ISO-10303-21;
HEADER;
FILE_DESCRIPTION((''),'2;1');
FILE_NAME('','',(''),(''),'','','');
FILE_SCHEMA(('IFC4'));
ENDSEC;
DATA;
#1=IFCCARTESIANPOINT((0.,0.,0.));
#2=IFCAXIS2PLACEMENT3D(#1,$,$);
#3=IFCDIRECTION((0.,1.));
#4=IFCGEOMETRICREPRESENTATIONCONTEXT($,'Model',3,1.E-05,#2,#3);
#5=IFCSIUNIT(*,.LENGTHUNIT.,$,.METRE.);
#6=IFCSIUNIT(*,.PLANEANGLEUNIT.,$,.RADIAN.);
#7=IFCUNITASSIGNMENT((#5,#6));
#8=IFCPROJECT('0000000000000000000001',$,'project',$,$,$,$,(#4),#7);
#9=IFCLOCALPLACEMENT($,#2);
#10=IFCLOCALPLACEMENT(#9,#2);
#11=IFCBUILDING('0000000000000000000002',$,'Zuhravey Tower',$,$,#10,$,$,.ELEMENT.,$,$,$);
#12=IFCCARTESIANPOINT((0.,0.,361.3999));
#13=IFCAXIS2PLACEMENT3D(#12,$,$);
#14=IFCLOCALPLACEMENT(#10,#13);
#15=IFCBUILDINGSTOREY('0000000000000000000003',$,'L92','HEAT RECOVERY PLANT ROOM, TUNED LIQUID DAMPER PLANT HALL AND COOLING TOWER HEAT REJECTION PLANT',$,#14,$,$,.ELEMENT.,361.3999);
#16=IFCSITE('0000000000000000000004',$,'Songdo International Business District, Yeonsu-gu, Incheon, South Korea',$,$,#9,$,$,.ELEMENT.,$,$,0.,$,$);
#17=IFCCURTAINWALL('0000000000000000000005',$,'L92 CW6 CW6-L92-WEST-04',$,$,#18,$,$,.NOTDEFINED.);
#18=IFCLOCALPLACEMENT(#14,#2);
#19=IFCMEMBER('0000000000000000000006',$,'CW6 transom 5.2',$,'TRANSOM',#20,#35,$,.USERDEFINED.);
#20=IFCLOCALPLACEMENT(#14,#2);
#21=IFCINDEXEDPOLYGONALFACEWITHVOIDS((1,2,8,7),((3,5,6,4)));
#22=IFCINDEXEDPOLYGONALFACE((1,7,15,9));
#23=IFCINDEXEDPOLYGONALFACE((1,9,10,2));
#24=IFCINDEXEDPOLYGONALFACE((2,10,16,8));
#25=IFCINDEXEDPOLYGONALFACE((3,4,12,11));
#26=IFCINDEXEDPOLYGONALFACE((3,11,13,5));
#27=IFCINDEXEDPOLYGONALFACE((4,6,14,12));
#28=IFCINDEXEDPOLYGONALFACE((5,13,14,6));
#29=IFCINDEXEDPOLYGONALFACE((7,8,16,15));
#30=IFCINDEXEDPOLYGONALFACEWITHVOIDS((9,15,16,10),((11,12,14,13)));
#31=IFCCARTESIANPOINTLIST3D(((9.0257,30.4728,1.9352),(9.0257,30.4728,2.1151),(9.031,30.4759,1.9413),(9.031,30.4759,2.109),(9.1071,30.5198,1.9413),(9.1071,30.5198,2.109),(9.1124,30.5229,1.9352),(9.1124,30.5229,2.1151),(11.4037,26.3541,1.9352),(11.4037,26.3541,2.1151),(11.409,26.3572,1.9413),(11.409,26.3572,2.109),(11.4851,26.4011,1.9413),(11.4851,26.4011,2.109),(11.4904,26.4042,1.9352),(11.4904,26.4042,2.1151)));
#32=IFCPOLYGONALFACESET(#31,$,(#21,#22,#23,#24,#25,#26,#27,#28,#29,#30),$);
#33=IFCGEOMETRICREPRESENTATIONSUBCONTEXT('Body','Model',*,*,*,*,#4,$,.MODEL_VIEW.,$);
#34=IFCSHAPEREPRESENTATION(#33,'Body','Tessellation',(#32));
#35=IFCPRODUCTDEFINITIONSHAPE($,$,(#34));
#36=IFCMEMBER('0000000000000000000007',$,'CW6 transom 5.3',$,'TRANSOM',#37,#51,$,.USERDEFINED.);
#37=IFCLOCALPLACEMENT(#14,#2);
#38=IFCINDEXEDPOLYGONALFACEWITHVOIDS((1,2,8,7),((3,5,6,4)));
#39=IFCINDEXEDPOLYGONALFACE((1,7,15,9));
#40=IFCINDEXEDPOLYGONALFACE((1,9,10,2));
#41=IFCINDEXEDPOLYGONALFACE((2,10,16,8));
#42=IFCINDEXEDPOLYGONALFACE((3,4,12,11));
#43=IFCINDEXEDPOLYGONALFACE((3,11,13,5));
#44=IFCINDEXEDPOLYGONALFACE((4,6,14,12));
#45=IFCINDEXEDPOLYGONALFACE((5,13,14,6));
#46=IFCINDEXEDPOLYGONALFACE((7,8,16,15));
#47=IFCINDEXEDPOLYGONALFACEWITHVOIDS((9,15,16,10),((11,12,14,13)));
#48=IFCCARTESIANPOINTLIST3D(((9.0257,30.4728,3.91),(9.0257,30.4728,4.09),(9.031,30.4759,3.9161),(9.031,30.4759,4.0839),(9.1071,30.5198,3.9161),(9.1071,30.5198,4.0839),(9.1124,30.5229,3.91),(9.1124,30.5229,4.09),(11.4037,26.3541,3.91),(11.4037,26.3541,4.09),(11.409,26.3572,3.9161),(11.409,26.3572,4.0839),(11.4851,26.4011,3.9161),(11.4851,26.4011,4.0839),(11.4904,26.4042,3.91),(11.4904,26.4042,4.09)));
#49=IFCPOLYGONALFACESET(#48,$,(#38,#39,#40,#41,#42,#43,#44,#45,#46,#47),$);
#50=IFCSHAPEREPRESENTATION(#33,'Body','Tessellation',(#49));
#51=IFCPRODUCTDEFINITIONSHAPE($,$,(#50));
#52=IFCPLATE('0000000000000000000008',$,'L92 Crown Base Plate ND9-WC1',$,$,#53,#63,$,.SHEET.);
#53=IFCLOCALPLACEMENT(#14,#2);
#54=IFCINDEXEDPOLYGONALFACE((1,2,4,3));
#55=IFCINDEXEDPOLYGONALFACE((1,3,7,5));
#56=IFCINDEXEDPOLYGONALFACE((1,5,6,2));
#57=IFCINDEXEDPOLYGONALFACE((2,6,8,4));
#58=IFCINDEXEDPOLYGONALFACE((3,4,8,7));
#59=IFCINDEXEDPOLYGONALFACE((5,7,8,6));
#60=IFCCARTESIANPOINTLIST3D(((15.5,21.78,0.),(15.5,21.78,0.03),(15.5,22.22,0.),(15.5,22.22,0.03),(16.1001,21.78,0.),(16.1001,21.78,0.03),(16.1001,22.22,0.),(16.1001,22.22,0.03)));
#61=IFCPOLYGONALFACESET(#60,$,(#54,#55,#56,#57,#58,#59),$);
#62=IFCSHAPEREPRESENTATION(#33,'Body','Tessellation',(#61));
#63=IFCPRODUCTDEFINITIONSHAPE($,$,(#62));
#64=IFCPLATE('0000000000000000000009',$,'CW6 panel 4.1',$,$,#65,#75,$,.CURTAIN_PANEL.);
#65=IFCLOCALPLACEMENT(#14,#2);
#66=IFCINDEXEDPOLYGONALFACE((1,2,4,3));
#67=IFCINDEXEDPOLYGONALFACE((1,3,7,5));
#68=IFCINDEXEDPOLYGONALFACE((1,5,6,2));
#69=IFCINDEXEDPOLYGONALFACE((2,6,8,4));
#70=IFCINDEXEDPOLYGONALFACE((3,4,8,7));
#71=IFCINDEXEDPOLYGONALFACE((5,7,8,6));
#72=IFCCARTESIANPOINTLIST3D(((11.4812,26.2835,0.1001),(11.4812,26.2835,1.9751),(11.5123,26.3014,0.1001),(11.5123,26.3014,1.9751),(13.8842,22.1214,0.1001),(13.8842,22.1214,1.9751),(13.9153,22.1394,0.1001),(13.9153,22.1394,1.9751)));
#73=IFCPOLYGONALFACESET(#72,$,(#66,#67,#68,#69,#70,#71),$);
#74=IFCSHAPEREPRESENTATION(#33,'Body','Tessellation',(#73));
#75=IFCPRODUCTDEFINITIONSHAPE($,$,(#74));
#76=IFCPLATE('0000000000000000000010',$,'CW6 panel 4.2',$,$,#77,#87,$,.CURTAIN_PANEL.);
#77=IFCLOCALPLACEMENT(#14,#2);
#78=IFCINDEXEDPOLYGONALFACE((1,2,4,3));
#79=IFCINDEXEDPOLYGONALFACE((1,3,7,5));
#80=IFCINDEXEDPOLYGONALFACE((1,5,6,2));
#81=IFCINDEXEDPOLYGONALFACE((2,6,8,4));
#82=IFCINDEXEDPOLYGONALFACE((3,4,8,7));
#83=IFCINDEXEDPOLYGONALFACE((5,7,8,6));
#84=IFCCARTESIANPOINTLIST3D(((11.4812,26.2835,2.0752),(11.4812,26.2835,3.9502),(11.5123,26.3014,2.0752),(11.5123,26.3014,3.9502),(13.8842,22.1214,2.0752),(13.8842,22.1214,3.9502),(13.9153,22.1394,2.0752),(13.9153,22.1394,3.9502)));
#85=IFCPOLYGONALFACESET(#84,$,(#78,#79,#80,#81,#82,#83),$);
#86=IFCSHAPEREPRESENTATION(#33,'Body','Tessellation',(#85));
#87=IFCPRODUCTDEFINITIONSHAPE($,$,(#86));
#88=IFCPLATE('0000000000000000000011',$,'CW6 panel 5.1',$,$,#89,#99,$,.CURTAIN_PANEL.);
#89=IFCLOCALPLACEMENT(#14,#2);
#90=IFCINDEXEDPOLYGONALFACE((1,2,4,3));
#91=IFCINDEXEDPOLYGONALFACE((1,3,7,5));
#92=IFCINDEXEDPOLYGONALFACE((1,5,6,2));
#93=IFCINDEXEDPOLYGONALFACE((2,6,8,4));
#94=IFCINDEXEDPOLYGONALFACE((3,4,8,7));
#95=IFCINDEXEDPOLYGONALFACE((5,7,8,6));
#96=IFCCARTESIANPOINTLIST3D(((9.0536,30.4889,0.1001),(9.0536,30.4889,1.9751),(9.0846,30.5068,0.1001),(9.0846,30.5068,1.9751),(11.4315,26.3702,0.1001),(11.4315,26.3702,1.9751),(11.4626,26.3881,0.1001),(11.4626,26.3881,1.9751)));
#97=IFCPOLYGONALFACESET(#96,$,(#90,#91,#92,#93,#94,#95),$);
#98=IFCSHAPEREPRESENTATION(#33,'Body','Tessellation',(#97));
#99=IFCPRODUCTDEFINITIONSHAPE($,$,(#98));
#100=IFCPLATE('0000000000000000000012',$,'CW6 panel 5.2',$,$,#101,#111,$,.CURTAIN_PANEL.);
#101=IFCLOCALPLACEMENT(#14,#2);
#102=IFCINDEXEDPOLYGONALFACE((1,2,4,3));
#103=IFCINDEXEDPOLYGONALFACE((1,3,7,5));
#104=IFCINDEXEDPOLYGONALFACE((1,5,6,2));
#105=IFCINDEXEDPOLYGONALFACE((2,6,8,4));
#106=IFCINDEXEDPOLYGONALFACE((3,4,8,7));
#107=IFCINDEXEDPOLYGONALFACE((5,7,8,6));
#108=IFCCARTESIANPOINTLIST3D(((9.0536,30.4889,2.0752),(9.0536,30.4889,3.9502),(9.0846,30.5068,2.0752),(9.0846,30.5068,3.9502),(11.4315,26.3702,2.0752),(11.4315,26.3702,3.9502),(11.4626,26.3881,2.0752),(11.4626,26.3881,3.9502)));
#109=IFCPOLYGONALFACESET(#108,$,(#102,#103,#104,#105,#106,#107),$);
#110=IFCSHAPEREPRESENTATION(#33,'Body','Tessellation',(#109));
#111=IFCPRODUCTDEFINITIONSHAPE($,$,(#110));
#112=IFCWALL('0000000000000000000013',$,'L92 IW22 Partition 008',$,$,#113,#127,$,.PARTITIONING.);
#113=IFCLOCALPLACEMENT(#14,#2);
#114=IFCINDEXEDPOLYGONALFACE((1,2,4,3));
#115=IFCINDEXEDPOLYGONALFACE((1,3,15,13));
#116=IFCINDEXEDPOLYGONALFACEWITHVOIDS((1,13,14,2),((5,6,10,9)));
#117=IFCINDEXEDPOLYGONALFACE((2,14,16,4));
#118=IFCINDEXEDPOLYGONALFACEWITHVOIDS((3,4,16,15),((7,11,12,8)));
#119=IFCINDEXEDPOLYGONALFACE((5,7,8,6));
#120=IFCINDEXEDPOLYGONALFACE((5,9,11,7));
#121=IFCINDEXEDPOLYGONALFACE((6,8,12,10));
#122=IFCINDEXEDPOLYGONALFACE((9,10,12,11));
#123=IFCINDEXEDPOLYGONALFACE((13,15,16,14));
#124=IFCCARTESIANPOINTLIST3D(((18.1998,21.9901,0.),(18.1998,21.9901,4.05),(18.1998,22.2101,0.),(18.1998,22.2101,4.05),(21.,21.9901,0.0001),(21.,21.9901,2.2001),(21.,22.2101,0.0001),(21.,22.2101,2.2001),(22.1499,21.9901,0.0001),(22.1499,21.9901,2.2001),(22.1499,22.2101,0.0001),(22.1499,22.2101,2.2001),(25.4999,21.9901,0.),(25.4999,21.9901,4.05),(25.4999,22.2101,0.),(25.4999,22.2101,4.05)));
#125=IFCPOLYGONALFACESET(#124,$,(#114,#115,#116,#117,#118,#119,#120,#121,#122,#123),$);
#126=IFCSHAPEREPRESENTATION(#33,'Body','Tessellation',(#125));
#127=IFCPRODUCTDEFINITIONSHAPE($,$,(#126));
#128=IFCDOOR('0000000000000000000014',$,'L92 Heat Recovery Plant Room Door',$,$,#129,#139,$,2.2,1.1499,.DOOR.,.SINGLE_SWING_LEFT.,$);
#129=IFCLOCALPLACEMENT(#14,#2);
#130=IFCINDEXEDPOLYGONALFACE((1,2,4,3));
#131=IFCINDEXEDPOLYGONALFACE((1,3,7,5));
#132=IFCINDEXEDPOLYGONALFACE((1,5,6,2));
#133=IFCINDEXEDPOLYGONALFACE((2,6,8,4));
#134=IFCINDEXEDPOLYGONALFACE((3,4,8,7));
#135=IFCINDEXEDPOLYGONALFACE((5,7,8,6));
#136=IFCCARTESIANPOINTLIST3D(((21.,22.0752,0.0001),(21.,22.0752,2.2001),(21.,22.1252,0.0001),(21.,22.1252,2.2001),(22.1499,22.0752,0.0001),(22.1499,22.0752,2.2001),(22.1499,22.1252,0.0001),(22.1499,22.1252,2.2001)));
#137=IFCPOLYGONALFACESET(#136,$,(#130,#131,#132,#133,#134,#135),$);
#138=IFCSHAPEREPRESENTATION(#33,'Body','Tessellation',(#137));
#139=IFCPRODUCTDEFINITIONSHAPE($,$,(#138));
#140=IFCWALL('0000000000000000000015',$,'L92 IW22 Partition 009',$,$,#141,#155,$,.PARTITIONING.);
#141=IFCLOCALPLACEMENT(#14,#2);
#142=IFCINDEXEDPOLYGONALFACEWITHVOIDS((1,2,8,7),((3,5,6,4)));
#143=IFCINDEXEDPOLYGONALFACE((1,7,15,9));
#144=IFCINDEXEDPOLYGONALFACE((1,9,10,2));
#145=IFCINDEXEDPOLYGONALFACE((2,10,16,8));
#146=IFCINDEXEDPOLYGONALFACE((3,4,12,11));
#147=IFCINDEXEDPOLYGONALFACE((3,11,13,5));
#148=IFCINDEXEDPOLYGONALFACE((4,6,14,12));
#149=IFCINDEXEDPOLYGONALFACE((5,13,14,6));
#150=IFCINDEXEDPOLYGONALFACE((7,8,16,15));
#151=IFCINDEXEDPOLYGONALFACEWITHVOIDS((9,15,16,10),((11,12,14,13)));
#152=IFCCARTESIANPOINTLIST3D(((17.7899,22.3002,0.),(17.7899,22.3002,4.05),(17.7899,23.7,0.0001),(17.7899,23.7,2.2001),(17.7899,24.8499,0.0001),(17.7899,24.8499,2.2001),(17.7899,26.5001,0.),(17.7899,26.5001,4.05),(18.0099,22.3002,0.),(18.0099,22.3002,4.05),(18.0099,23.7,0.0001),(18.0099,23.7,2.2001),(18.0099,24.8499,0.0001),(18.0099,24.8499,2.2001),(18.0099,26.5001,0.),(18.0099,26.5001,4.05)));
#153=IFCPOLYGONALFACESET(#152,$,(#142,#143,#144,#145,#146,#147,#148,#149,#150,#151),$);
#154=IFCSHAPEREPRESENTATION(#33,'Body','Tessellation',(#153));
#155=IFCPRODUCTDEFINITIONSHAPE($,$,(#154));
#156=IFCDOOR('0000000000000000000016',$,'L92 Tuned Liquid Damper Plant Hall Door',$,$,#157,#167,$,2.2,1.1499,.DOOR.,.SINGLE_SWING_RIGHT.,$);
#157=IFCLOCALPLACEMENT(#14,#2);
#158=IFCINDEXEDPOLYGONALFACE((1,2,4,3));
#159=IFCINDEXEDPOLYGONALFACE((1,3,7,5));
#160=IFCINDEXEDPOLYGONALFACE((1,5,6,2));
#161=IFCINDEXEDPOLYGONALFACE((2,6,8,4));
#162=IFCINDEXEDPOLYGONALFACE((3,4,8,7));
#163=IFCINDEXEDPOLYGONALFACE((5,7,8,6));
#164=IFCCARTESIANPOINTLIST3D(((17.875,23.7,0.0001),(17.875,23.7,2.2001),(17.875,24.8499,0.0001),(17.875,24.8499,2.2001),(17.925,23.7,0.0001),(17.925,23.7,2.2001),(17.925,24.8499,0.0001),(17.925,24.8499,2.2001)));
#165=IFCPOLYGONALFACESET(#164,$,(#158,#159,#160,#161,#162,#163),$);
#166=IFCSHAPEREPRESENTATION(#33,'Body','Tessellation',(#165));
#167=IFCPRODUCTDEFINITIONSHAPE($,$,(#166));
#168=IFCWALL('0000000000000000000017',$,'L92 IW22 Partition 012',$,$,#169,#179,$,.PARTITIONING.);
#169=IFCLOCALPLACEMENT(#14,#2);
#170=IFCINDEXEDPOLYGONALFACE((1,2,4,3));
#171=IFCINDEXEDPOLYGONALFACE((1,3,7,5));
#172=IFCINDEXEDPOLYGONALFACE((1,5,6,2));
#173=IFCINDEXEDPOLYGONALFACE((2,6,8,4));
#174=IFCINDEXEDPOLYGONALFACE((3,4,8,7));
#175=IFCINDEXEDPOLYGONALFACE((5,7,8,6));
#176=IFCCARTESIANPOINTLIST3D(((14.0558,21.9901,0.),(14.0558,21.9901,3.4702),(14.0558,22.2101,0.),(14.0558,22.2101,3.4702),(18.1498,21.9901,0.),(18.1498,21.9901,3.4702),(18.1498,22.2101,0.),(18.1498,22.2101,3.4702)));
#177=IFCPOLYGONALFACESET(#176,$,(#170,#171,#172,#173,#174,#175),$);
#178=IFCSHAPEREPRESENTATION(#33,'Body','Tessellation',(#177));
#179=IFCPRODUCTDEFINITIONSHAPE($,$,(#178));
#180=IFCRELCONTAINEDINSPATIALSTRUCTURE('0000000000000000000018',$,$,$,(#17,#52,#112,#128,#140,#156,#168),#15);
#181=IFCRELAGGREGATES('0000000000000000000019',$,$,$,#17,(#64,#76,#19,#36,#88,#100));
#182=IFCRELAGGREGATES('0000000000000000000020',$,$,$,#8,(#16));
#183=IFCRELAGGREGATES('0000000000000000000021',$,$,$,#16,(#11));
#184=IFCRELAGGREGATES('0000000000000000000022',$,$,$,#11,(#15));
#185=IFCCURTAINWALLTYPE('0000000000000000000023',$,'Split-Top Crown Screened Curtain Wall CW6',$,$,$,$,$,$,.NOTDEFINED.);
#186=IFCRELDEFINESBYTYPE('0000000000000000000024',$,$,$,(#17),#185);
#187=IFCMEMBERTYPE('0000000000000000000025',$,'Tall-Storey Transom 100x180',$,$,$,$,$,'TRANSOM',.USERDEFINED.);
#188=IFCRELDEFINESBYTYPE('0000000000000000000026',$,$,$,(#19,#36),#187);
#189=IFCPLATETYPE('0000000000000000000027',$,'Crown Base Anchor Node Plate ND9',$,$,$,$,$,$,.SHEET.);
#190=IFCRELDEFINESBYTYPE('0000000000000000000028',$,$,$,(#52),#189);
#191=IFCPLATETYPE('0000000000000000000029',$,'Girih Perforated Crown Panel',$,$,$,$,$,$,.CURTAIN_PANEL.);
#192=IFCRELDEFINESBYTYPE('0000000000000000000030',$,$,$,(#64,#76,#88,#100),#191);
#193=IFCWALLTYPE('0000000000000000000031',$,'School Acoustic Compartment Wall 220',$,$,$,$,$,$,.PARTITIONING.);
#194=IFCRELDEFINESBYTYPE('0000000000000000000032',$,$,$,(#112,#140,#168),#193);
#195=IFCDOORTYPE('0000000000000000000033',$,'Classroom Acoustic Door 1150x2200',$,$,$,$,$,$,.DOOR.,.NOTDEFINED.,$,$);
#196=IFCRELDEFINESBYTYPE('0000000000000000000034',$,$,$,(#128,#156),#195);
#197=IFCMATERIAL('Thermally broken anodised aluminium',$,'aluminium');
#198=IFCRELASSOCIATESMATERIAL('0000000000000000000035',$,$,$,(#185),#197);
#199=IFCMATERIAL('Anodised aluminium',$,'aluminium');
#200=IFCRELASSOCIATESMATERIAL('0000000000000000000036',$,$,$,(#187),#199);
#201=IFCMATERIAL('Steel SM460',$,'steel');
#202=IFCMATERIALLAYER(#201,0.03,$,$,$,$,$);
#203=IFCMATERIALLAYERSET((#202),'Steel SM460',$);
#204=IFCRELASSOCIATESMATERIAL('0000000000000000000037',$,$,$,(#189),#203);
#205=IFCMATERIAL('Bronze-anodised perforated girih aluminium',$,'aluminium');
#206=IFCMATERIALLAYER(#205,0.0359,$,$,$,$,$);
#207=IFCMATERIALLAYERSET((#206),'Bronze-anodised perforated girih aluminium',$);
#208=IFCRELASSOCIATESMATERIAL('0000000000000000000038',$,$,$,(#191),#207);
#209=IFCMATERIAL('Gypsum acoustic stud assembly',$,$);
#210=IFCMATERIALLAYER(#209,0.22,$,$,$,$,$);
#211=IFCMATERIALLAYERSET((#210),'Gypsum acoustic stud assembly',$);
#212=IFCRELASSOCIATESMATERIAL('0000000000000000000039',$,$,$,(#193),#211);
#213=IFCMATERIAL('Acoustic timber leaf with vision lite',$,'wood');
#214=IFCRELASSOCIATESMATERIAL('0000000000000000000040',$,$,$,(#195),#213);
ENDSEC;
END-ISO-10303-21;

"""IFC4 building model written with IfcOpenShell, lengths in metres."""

from ifc_helpers import new_model, si_unit, direction, frame, frame_2d, origin, origin_2d, place, context, subcontext, project, spatial, rectangle, hollow_rectangle, extrude, material, layer, layer_set, material_profile, profile_set, type_object, element, fill, aggregate, save


model = new_model("IFC4")

# Units and contexts
model_context = context("Model", 3, precision=1e-05, world=origin(), true_north=direction((0.0, 1.0)))
body_context = subcontext(model_context, "Body", "Model", "MODEL_VIEW")
ifc_project = project(units=[si_unit("LENGTHUNIT", "METRE"), si_unit("PLANEANGLEUNIT", "RADIAN")], contexts=[model_context])

# Site, building, storey
site_placement = place(None, origin())
site = spatial("IfcSite", under=ifc_project, at=site_placement, Name="Songdo International Business District, Yeonsu-gu, Incheon, South Korea", CompositionType="ELEMENT", RefElevation=0.0)
building_placement = place(site_placement, origin())
building = spatial("IfcBuilding", under=site, at=building_placement, Name="Zuhravey Tower", CompositionType="ELEMENT")
storey_placement = place(building_placement, frame((0.0, 0.0, 361.3999)))
storey = spatial("IfcBuildingStorey", under=building, at=storey_placement, Name="L92", Description="HEAT RECOVERY PLANT ROOM, TUNED LIQUID DAMPER PLANT HALL AND COOLING TOWER HEAT REJECTION PLANT", CompositionType="ELEMENT", Elevation=361.3999)

# Curtain wall
ifc_material_1 = material(Name="Thermally broken anodised aluminium", Category="aluminium")
curtain_wall_type = type_object("IfcCurtainWallType", Name="Split-Top Crown Screened Curtain Wall CW6", PredefinedType="NOTDEFINED", material=ifc_material_1)
curtain_wall_placement = place(storey_placement, origin())
curtain_wall = element("IfcCurtainWall", 1, at=curtain_wall_placement, inside=storey, type_object=curtain_wall_type, Name="L92 CW6 CW6-L92-WEST-04", PredefinedType="NOTDEFINED")
ifc_material_2 = material(Name="Anodised aluminium", Category="aluminium")

# Members
ifc_material_profile_1 = material_profile(ifc_material_2, hollow_rectangle(XDim=0.1001, YDim=0.1799, WallThickness=0.0061, at=origin_2d()), Name="ALU-RHS-100x180x6")
ifc_profile_set_1 = profile_set([ifc_material_profile_1], Name="Anodised aluminium")
member_type_1 = type_object("IfcMemberType", Name="Tall-Storey Transom 100x180", ElementType="TRANSOM", PredefinedType="USERDEFINED", material=ifc_profile_set_1)
member_1_placement = place(storey_placement, frame((11.447, 26.3792, 2.0251), z_axis=(-0.500004, 0.866023, 0.0), x_axis=(-0.866023, -0.500004, 0.0)))
member_1 = element("IfcMember", 2, at=member_1_placement, type_object=member_type_1, Name="CW6 transom 5.2", ObjectType="TRANSOM", PredefinedType="USERDEFINED", context=body_context, shape_type="SweptSolid", body=[
    extrude(hollow_rectangle(XDim=0.1001, YDim=0.1799, WallThickness=0.0061, at=origin_2d()), origin(), (0.0, 0.0, 1.0), 4.7559),
])
member_2_placement = place(storey_placement, frame((11.447, 26.3792, 4.0), z_axis=(-0.500004, 0.866023, 0.0), x_axis=(-0.866023, -0.500004, 0.0)))
member_2 = element("IfcMember", 3, at=member_2_placement, type_object=member_type_1, Name="CW6 transom 5.3", ObjectType="TRANSOM", PredefinedType="USERDEFINED", context=body_context, shape_type="SweptSolid", body=[
    extrude(hollow_rectangle(XDim=0.1001, YDim=0.1799, WallThickness=0.0061, at=origin_2d()), origin(), (0.0, 0.0, 1.0), 4.7559),
])

# Plates
ifc_material_3 = material(Name="Steel SM460", Category="steel")
ifc_layer_1 = layer(ifc_material_3, 0.03)
ifc_layer_set_1 = layer_set([ifc_layer_1], Name="Steel SM460")
plate_type_1 = type_object("IfcPlateType", Name="Crown Base Anchor Node Plate ND9", PredefinedType="SHEET", material=ifc_layer_set_1)
plate_1_placement = place(storey_placement, frame((15.8, 22.0, 0.0), z_axis=(0.0, 0.0, 1.0), x_axis=(1.0, 0.0, 0.0)))
element("IfcPlate", 4, at=plate_1_placement, inside=storey, type_object=plate_type_1, Name="L92 Crown Base Plate ND9-WC1", PredefinedType="SHEET", context=body_context, shape_type="SweptSolid", body=[
    extrude(rectangle(XDim=0.6001, YDim=0.4399, at=origin_2d()), origin(), (0.0, 0.0, 1.0), 0.03),
])
ifc_material_4 = material(Name="Bronze-anodised perforated girih aluminium", Category="aluminium")
ifc_layer_2 = layer(ifc_material_4, 0.0359)
ifc_layer_set_2 = layer_set([ifc_layer_2], Name="Bronze-anodised perforated girih aluminium")
plate_type_2 = type_object("IfcPlateType", Name="Girih Perforated Crown Panel", PredefinedType="CURTAIN_PANEL", material=ifc_layer_set_2)
plate_2_placement = place(storey_placement, frame((12.6982, 24.2114, 0.1001), z_axis=(0.0, 0.0, 1.0), x_axis=(-0.499997, 0.866027, 0.0)))
plate_2 = element("IfcPlate", 5, at=plate_2_placement, type_object=plate_type_2, Name="CW6 panel 4.1", PredefinedType="CURTAIN_PANEL", context=body_context, shape_type="SweptSolid", body=[
    extrude(rectangle(XDim=4.8059, YDim=0.0359, at=origin_2d()), origin(), (0.0, 0.0, 1.0), 1.875),
])
plate_3_placement = place(storey_placement, frame((12.6982, 24.2114, 2.0752), z_axis=(0.0, 0.0, 1.0), x_axis=(-0.499997, 0.866027, 0.0)))
plate_3 = element("IfcPlate", 6, at=plate_3_placement, type_object=plate_type_2, Name="CW6 panel 4.2", PredefinedType="CURTAIN_PANEL", context=body_context, shape_type="SweptSolid", body=[
    extrude(rectangle(XDim=4.8059, YDim=0.0359, at=origin_2d()), origin(), (0.0, 0.0, 1.0), 1.875),
])
plate_4_placement = place(storey_placement, frame((10.2581, 28.4385, 0.1001), z_axis=(0.0, 0.0, 1.0), x_axis=(-0.499997, 0.866027, 0.0)))
plate_4 = element("IfcPlate", 7, at=plate_4_placement, type_object=plate_type_2, Name="CW6 panel 5.1", PredefinedType="CURTAIN_PANEL", context=body_context, shape_type="SweptSolid", body=[
    extrude(rectangle(XDim=4.7559, YDim=0.0359, at=origin_2d()), origin(), (0.0, 0.0, 1.0), 1.875),
])
plate_5_placement = place(storey_placement, frame((10.2581, 28.4385, 2.0752), z_axis=(0.0, 0.0, 1.0), x_axis=(-0.499997, 0.866027, 0.0)))
plate_5 = element("IfcPlate", 8, at=plate_5_placement, type_object=plate_type_2, Name="CW6 panel 5.2", PredefinedType="CURTAIN_PANEL", context=body_context, shape_type="SweptSolid", body=[
    extrude(rectangle(XDim=4.7559, YDim=0.0359, at=origin_2d()), origin(), (0.0, 0.0, 1.0), 1.875),
])
aggregate(curtain_wall, [plate_2, plate_3, member_1, member_2, plate_4, plate_5])

# Walls, openings, doors
ifc_material_5 = material(Name="Gypsum acoustic stud assembly")
ifc_layer_3 = layer(ifc_material_5, 0.22)
ifc_layer_set_3 = layer_set([ifc_layer_3], Name="Gypsum acoustic stud assembly")
wall_type = type_object("IfcWallType", Name="School Acoustic Compartment Wall 220", PredefinedType="PARTITIONING", material=ifc_layer_set_3)
wall_1_placement = place(storey_placement, frame((18.2, 22.1001, 0.0), z_axis=(0.0, 0.0, 1.0), x_axis=(1.0, 0.0, 0.0)))
wall_1 = element("IfcWall", 9, at=wall_1_placement, inside=storey, type_object=wall_type, Name="L92 IW22 Partition 008", PredefinedType="PARTITIONING", context=body_context, shape_type="SweptSolid", body=[
    extrude(rectangle(XDim=7.3, YDim=0.22, at=frame_2d((3.6499, 0.0))), origin(), (0.0, 0.0, 1.0), 4.05),
])
opening_1_placement = place(wall_1_placement, frame((2.8, 0.0, 0.0)))
opening_1 = element("IfcOpeningElement", 10, at=opening_1_placement, cuts=wall_1, PredefinedType="OPENING", context=body_context, shape_type="SweptSolid", body=[
    extrude(rectangle(XDim=1.1499, YDim=2.2, at=frame_2d((0.575, 1.1001))), frame((0.0, 0.1221, 0.0), z_axis=(0.0, -1.0, 0.0), x_axis=(1.0, 0.0, 0.0)), (0.0, 0.0, 1.0), 0.2439),
])
ifc_material_6 = material(Name="Acoustic timber leaf with vision lite", Category="wood")
door_type = type_object("IfcDoorType", Name="Classroom Acoustic Door 1150x2200", OperationType="NOTDEFINED", PredefinedType="DOOR", material=ifc_material_6)
door_1_placement = place(opening_1_placement, frame((1.1499, 0.0, 0.0), z_axis=(0.0, 0.0, 1.0), x_axis=(-1.0, 0.0, 0.0)))
door_1 = element("IfcDoor", 11, at=door_1_placement, inside=storey, type_object=door_type, Name="L92 Heat Recovery Plant Room Door", OperationType="SINGLE_SWING_LEFT", OverallHeight=2.2, OverallWidth=1.1499, PredefinedType="DOOR", context=body_context, shape_type="SweptSolid", body=[
    extrude(rectangle(XDim=1.1499, YDim=2.2, at=frame_2d((0.575, 1.1001))), frame((0.0, 0.0249, 0.0), z_axis=(0.0, -1.0, 0.0), x_axis=(1.0, 0.0, 0.0)), (0.0, 0.0, 1.0), 0.05),
])
fill(opening_1, door_1)
wall_2_placement = place(storey_placement, frame((17.8999, 22.3, 0.0), z_axis=(0.0, 0.0, 1.0), x_axis=(0.0, 1.0, 0.0)))
wall_2 = element("IfcWall", 12, at=wall_2_placement, inside=storey, type_object=wall_type, Name="L92 IW22 Partition 009", PredefinedType="PARTITIONING", context=body_context, shape_type="SweptSolid", body=[
    extrude(rectangle(XDim=4.2, YDim=0.22, at=frame_2d((2.1001, 0.0))), origin(), (0.0, 0.0, 1.0), 4.05),
])
opening_2_placement = place(wall_2_placement, frame((1.3999, 0.0, 0.0)))
opening_2 = element("IfcOpeningElement", 13, at=opening_2_placement, cuts=wall_2, PredefinedType="OPENING", context=body_context, shape_type="SweptSolid", body=[
    extrude(rectangle(XDim=1.1499, YDim=2.2, at=frame_2d((0.575, 1.1001))), frame((0.0, 0.1221, 0.0), z_axis=(0.0, -1.0, 0.0), x_axis=(1.0, 0.0, 0.0)), (0.0, 0.0, 1.0), 0.2439),
])
door_2_placement = place(opening_2_placement, origin())
door_2 = element("IfcDoor", 14, at=door_2_placement, inside=storey, type_object=door_type, Name="L92 Tuned Liquid Damper Plant Hall Door", OperationType="SINGLE_SWING_RIGHT", OverallHeight=2.2, OverallWidth=1.1499, PredefinedType="DOOR", context=body_context, shape_type="SweptSolid", body=[
    extrude(rectangle(XDim=1.1499, YDim=2.2, at=frame_2d((0.575, 1.1001))), frame((0.0, 0.0249, 0.0), z_axis=(0.0, -1.0, 0.0), x_axis=(1.0, 0.0, 0.0)), (0.0, 0.0, 1.0), 0.05),
])
fill(opening_2, door_2)

# Wall
wall_3_placement = place(storey_placement, frame((14.0559, 22.1001, 0.0), z_axis=(0.0, 0.0, 1.0), x_axis=(1.0, 0.0, 0.0)))
element("IfcWall", 15, at=wall_3_placement, inside=storey, type_object=wall_type, Name="L92 IW22 Partition 012", PredefinedType="PARTITIONING", context=body_context, shape_type="SweptSolid", body=[
    extrude(rectangle(XDim=4.094, YDim=0.22, at=frame_2d((2.0469, 0.0))), origin(), (0.0, 0.0, 1.0), 3.4702),
])

save(model, "model.ifc")
